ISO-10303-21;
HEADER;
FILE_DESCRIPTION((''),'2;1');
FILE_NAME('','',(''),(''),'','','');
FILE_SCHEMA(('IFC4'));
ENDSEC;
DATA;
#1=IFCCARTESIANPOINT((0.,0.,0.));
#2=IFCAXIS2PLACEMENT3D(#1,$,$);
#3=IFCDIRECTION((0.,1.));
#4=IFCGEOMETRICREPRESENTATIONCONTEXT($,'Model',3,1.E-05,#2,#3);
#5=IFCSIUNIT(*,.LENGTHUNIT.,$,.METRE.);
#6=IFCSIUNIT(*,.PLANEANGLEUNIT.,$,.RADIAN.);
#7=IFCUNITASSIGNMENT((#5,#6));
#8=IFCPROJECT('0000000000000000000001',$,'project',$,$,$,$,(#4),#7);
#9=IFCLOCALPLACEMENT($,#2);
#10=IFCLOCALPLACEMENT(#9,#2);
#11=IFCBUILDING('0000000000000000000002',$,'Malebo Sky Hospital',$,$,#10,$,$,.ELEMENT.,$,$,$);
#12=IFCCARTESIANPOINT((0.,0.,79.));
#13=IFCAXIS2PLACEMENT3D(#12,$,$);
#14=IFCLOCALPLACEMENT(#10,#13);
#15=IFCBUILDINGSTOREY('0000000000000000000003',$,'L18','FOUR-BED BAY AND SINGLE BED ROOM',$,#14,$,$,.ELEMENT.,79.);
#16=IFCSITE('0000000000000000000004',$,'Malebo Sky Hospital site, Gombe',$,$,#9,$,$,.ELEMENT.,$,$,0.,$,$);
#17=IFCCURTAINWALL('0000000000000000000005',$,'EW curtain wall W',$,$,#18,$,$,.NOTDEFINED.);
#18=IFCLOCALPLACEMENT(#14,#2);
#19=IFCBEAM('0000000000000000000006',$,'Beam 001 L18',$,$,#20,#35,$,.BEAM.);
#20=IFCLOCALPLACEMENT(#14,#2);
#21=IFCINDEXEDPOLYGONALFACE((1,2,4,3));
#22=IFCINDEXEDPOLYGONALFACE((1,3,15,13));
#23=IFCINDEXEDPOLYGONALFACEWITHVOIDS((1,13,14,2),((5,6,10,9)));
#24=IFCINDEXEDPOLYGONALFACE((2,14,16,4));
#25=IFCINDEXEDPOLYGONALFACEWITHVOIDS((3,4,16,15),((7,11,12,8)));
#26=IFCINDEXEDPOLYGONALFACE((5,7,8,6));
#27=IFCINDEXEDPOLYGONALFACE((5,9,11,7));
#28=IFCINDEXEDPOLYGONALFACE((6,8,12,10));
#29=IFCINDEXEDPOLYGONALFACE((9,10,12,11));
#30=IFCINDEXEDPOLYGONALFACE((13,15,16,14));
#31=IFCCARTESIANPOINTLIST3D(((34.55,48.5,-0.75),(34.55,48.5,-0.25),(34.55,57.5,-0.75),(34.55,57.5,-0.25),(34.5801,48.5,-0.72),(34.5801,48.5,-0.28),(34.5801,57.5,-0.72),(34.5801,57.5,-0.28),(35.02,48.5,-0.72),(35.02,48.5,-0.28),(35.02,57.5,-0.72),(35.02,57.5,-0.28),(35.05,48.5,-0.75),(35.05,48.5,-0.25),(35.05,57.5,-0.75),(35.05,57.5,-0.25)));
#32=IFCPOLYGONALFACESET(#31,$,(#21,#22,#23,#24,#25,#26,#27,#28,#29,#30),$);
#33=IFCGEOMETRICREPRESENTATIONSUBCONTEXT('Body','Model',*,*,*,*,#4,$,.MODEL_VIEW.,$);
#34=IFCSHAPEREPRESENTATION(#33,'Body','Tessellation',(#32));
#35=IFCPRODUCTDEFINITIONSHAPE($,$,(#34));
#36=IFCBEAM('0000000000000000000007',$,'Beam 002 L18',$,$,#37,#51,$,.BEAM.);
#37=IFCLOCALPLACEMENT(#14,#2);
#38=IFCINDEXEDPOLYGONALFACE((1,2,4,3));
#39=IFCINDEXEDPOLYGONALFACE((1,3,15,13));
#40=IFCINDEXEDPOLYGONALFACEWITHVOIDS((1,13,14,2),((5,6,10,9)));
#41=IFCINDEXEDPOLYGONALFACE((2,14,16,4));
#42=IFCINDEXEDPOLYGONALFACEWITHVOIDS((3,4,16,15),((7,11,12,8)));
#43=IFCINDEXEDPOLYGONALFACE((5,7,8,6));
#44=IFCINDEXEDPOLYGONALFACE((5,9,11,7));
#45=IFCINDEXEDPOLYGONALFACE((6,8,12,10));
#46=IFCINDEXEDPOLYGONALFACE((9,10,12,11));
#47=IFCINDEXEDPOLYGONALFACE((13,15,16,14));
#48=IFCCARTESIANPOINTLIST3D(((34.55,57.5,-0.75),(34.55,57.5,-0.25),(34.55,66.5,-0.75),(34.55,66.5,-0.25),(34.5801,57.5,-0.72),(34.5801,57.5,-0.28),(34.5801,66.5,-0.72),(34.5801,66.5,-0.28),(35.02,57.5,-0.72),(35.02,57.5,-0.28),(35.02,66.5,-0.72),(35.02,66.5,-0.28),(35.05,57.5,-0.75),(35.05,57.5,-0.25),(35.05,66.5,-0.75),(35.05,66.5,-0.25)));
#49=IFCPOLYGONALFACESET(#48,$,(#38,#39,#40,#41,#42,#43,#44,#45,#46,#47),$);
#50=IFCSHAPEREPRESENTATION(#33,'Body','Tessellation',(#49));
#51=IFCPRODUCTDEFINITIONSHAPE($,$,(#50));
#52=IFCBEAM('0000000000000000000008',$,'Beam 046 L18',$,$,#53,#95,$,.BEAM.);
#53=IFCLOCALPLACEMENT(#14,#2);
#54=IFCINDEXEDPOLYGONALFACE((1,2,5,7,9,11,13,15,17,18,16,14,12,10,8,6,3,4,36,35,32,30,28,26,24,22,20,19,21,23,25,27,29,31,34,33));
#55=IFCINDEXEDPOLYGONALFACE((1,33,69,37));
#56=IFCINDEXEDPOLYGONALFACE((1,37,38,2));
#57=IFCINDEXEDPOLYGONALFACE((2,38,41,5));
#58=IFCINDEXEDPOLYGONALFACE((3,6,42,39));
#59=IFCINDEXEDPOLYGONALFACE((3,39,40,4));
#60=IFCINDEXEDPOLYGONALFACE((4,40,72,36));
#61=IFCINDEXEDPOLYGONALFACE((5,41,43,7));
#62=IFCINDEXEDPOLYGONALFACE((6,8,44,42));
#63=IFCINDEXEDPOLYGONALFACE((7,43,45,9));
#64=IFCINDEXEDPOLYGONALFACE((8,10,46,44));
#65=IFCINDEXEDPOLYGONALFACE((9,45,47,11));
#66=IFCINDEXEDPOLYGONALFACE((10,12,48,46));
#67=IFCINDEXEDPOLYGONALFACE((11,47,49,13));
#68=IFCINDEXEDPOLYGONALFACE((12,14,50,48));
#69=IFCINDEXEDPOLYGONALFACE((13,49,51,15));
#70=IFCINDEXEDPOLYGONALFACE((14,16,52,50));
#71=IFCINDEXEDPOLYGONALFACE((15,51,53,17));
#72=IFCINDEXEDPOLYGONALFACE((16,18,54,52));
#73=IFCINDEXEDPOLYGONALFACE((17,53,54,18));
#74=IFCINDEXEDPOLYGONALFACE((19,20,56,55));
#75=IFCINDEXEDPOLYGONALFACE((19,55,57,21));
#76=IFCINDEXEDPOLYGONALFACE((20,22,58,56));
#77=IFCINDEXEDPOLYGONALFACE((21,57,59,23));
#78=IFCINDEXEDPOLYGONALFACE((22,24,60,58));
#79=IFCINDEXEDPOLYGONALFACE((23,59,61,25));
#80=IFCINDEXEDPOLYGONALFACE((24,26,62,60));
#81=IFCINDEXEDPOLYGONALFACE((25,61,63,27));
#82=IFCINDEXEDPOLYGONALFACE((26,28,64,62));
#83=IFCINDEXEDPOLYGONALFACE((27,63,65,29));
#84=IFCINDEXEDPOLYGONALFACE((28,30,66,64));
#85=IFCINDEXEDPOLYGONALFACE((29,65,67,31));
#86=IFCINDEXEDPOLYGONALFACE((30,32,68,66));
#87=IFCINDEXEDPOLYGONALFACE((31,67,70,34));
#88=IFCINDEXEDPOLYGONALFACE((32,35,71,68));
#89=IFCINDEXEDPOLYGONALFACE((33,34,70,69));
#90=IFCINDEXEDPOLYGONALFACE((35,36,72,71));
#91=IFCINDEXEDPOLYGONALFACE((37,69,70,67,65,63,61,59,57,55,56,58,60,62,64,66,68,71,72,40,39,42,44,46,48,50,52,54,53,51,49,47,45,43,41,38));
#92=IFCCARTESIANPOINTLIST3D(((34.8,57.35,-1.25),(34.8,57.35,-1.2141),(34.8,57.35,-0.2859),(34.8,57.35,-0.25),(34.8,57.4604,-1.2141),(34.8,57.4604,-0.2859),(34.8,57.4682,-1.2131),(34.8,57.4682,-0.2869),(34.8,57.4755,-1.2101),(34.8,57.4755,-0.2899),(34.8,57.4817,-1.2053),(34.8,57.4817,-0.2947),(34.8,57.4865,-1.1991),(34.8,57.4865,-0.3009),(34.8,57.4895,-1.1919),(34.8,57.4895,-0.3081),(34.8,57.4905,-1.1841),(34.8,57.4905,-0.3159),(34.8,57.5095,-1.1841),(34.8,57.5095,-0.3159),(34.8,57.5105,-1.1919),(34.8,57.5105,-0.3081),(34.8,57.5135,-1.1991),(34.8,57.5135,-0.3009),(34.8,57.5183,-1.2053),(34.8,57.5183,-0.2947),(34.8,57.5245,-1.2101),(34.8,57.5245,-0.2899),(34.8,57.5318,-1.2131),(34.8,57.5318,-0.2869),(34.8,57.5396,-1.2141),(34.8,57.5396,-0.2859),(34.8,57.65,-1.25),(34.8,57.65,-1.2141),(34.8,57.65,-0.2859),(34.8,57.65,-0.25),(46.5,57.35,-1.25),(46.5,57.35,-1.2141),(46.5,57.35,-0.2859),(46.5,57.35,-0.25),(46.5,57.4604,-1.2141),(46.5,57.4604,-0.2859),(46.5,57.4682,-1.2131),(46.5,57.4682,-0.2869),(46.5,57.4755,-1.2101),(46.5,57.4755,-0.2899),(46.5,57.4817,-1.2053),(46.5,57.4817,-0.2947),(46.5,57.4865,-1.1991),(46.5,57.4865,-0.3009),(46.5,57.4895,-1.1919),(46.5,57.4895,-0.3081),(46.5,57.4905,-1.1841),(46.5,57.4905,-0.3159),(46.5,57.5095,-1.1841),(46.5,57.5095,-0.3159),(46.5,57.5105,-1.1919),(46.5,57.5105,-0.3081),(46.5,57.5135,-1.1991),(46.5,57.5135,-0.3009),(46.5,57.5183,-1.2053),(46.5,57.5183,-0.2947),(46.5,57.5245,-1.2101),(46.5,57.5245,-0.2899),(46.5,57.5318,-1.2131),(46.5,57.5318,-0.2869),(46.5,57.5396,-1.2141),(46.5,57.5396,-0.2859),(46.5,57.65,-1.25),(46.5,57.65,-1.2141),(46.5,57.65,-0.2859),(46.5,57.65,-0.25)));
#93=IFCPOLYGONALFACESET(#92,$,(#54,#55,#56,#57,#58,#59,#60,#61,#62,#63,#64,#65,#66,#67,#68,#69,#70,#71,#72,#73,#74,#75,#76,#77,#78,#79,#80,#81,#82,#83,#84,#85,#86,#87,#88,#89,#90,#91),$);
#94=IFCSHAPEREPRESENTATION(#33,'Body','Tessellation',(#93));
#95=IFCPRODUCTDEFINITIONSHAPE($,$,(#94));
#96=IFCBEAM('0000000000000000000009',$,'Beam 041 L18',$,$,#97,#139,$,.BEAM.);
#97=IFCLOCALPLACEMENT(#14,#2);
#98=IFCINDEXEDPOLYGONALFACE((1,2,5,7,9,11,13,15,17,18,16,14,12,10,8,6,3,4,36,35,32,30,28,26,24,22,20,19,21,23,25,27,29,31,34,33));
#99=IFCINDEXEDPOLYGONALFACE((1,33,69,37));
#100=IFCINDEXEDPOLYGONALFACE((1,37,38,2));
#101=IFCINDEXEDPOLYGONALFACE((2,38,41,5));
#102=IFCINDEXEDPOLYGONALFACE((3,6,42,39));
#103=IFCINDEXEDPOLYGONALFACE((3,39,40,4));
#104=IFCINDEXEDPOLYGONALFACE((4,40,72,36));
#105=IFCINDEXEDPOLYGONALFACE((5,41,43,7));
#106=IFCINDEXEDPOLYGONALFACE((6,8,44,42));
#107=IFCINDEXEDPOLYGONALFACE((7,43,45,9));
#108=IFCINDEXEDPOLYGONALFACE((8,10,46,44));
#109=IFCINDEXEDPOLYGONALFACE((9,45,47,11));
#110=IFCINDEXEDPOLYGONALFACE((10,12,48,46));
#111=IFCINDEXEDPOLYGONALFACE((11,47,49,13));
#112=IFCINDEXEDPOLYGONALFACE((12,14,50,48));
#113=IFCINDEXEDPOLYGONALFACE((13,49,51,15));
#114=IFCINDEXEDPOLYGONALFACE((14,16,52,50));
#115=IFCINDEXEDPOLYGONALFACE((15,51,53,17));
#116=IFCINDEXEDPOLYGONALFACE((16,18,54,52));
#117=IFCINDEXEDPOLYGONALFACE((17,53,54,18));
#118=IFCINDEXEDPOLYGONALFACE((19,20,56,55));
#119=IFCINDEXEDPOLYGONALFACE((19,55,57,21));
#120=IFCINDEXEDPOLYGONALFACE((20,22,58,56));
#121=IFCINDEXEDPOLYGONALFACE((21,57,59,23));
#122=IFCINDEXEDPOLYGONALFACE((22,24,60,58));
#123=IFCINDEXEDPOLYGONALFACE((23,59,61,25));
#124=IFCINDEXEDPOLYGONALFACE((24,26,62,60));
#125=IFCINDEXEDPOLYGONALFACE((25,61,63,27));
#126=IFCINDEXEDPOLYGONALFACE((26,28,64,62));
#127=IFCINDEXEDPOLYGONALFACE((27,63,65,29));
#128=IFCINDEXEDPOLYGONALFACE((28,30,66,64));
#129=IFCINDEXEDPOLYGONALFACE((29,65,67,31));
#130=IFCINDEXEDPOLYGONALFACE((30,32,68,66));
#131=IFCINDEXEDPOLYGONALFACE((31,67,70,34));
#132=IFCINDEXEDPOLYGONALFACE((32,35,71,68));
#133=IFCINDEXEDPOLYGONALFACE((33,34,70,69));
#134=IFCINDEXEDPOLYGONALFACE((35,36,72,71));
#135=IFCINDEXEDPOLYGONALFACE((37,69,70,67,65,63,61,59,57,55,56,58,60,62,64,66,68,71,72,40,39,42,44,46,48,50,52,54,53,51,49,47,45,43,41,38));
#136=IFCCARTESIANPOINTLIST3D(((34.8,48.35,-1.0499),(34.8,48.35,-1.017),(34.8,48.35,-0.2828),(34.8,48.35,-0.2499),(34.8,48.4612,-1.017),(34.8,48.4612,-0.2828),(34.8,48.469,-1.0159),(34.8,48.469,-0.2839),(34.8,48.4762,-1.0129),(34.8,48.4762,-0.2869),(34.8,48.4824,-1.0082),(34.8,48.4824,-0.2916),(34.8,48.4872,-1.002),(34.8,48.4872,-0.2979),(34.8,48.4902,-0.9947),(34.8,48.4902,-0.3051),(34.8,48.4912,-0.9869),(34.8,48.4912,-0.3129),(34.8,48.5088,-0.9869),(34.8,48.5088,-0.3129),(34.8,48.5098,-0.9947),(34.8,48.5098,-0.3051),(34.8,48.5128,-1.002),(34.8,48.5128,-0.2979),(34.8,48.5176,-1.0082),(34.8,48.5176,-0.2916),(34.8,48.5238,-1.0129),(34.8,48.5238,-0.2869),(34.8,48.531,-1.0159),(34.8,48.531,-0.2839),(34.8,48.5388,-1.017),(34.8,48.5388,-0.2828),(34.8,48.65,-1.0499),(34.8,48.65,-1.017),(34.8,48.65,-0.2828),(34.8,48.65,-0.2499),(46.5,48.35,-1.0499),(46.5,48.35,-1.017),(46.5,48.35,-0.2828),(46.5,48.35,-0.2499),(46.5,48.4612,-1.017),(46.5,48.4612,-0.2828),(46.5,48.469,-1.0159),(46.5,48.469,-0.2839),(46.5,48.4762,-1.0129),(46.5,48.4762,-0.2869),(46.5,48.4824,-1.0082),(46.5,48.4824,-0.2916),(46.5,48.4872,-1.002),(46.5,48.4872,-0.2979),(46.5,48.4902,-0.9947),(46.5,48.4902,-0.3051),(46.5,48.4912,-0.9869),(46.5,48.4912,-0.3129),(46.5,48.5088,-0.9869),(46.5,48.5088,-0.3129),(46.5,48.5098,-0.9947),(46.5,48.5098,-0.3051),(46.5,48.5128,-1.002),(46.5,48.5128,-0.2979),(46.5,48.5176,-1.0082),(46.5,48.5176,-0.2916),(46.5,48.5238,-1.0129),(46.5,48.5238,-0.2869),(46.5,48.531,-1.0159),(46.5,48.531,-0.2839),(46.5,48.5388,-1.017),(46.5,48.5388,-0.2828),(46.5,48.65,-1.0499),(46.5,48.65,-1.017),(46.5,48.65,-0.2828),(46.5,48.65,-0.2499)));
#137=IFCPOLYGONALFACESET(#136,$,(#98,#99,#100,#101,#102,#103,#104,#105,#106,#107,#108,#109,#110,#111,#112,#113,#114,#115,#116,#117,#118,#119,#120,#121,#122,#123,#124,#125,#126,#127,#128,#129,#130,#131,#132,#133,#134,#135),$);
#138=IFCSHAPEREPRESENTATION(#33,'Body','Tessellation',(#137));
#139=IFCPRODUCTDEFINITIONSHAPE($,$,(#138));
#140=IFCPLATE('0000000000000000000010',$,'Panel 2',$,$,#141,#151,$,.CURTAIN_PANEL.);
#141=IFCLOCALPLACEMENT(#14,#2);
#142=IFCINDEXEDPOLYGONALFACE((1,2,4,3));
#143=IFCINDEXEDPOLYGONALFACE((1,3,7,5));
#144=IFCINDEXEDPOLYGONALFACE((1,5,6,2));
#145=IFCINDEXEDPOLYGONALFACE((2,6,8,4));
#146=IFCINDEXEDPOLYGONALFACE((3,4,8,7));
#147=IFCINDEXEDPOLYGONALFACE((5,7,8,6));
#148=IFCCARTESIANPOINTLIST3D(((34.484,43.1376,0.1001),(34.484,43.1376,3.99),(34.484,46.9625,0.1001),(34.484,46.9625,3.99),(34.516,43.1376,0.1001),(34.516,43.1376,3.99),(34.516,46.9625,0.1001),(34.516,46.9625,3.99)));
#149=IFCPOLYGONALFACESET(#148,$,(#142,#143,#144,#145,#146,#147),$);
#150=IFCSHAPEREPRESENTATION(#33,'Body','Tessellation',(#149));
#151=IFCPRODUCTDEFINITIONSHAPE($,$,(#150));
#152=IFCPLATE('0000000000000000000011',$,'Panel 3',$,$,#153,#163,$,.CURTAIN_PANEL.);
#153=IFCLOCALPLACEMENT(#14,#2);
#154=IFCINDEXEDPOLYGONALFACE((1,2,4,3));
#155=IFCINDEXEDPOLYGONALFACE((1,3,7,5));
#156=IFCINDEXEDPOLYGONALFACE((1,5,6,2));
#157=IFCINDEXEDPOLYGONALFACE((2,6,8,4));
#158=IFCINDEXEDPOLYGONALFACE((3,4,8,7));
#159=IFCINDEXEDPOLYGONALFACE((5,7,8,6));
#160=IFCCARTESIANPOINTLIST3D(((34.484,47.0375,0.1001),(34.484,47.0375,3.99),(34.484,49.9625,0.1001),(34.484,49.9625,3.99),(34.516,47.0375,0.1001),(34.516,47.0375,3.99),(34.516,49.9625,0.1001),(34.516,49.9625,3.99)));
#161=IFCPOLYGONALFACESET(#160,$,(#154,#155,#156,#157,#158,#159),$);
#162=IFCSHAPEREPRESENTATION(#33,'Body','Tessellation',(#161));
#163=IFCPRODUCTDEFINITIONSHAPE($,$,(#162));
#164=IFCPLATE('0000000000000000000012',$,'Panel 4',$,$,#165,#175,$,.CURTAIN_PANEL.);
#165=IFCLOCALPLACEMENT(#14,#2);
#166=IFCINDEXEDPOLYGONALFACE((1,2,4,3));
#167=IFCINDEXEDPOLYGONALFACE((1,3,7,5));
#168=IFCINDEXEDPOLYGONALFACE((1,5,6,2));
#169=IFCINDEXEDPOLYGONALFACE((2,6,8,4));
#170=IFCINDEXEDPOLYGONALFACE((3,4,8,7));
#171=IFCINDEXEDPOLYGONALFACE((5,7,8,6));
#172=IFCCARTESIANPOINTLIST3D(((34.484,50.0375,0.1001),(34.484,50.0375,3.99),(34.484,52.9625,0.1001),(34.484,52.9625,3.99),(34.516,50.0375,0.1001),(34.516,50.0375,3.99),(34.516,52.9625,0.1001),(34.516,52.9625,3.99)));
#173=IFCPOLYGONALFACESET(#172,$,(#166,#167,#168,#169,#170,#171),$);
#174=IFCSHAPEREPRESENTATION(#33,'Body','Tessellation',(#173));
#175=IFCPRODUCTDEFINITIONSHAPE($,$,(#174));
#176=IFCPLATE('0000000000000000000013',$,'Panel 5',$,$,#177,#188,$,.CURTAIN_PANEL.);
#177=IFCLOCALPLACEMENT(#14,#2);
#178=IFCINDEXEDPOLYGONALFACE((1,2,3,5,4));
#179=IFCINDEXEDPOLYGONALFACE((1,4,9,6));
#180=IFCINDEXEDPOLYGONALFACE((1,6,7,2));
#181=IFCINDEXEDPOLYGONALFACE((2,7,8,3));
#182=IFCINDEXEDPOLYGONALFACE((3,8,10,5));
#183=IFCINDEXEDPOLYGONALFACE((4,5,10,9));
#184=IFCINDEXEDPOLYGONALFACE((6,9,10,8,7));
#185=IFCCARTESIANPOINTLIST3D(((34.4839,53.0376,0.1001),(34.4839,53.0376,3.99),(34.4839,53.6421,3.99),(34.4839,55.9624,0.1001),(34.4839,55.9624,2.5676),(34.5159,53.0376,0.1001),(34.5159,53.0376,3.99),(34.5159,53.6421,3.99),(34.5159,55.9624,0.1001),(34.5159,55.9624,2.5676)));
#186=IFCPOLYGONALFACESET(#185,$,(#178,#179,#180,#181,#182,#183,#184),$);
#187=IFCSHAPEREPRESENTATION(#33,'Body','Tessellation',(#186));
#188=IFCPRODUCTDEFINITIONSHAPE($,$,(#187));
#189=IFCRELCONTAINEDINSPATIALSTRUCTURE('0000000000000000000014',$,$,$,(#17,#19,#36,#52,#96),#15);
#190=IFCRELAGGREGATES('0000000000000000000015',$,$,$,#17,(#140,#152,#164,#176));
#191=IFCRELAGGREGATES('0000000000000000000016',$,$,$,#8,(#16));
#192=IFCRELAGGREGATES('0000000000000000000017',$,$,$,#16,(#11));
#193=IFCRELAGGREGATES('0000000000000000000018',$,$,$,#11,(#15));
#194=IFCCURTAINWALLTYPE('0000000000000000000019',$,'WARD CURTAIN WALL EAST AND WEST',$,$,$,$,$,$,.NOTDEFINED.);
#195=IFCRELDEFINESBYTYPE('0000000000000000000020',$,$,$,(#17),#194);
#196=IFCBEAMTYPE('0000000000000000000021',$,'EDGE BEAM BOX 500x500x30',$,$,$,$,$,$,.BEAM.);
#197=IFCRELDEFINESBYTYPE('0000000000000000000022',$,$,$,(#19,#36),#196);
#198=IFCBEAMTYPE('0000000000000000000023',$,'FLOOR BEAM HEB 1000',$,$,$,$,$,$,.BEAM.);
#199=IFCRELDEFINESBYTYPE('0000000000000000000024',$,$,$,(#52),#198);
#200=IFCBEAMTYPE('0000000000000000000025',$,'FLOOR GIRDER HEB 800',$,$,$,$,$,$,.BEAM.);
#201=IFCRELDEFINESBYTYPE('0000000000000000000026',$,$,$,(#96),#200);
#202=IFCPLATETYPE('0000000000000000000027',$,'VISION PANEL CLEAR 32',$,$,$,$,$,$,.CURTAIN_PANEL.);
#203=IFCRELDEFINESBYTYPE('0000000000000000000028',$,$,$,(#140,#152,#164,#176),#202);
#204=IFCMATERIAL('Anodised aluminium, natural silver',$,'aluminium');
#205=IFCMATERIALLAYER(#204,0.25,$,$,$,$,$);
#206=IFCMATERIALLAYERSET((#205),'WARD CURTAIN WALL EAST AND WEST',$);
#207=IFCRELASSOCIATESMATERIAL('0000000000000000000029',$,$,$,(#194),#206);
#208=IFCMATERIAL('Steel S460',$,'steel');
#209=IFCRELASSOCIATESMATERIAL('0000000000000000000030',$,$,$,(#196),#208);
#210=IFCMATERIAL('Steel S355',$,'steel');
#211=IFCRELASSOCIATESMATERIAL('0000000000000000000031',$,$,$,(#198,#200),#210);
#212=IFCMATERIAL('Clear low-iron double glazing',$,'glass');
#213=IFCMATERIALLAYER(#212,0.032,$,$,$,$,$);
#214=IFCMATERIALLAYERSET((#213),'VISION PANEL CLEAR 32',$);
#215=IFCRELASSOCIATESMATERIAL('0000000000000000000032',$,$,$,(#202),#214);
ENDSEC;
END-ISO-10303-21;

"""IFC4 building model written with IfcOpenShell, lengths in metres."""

from ifc_helpers import new_model, si_unit, direction, frame, origin, origin_2d, place, context, subcontext, project, spatial, polyline, rectangle, hollow_rectangle, i_section, outline, extrude, material, layer, layer_set, material_profile, profile_set, type_object, element, aggregate, save


model = new_model("IFC4")

# Units and contexts
model_context = context("Model", 3, precision=1e-05, world=origin(), true_north=direction((0.0, 1.0)))
body_context = subcontext(model_context, "Body", "Model", "MODEL_VIEW")
ifc_project = project(units=[si_unit("LENGTHUNIT", "METRE"), si_unit("PLANEANGLEUNIT", "RADIAN")], contexts=[model_context])

# Site, building, storey
site_placement = place(None, origin())
site = spatial("IfcSite", under=ifc_project, at=site_placement, Name="Malebo Sky Hospital site, Gombe", CompositionType="ELEMENT", RefElevation=0.0)
building_placement = place(site_placement, origin())
building = spatial("IfcBuilding", under=site, at=building_placement, Name="Malebo Sky Hospital", CompositionType="ELEMENT")
storey_placement = place(building_placement, frame((0.0, 0.0, 79.0)))
storey = spatial("IfcBuildingStorey", under=building, at=storey_placement, Name="L18", Description="FOUR-BED BAY AND SINGLE BED ROOM", CompositionType="ELEMENT", Elevation=79.0)

# Shared definitions
ifc_material_1 = material(Name="Steel S460", Category="steel")

# Curtain wall
ifc_material_2 = material(Name="Anodised aluminium, natural silver", Category="aluminium")
ifc_layer_1 = layer(ifc_material_2, 0.25)
ifc_layer_set_1 = layer_set([ifc_layer_1], Name="WARD CURTAIN WALL EAST AND WEST")
curtain_wall_type = type_object("IfcCurtainWallType", Name="WARD CURTAIN WALL EAST AND WEST", PredefinedType="NOTDEFINED", material=ifc_layer_set_1)
curtain_wall_placement = place(storey_placement, origin())
curtain_wall = element("IfcCurtainWall", 1, at=curtain_wall_placement, inside=storey, type_object=curtain_wall_type, Name="EW curtain wall W", PredefinedType="NOTDEFINED")

# Beams
ifc_material_profile_1 = material_profile(ifc_material_1, hollow_rectangle(XDim=0.5, YDim=0.5, WallThickness=0.03, at=origin_2d()), Name="BOX 500x500x30")
ifc_profile_set_1 = profile_set([ifc_material_profile_1], Name="Steel S460")
beam_type_1 = type_object("IfcBeamType", Name="EDGE BEAM BOX 500x500x30", PredefinedType="BEAM", material=ifc_profile_set_1)
for number, where, z_axis, x_axis, name in (
    (2, (34.8, 48.5, -0.5), (0.0, 1.0, 0.0), (-1.0, 0.0, 0.0), "Beam 001 L18"),
    (3, (34.8, 57.5, -0.5), (0.0, 1.0, 0.0), (-1.0, 0.0, 0.0), "Beam 002 L18"),
):
    element("IfcBeam", number, at=place(storey_placement, frame(where, z_axis=z_axis, x_axis=x_axis)), inside=storey, type_object=beam_type_1, Name=name, PredefinedType="BEAM", context=body_context, shape_type="SweptSolid", body=[
        extrude(hollow_rectangle(XDim=0.5, YDim=0.5, WallThickness=0.03, at=origin_2d()), origin(), (0.0, 0.0, 1.0), 9.0),
    ])
ifc_material_3 = material(Name="Steel S355", Category="steel")
ifc_material_profile_2 = material_profile(ifc_material_3, i_section(OverallWidth=0.3, OverallDepth=1.0, WebThickness=0.019, FlangeThickness=0.0359, FilletRadius=0.03, at=origin_2d()), Name="HEB 1000")
ifc_profile_set_2 = profile_set([ifc_material_profile_2], Name="Steel S355")
beam_type_2 = type_object("IfcBeamType", Name="FLOOR BEAM HEB 1000", PredefinedType="BEAM", material=ifc_profile_set_2)
beam_1_placement = place(storey_placement, frame((34.8, 57.5, -0.75), z_axis=(1.0, 0.0, 0.0), x_axis=(0.0, 1.0, 0.0)))
element("IfcBeam", 4, at=beam_1_placement, inside=storey, type_object=beam_type_2, Name="Beam 046 L18", PredefinedType="BEAM", context=body_context, shape_type="SweptSolid", body=[
    extrude(i_section(OverallWidth=0.3, OverallDepth=1.0, WebThickness=0.019, FlangeThickness=0.0359, FilletRadius=0.03, at=origin_2d()), origin(), (0.0, 0.0, 1.0), 11.7),
])
ifc_material_profile_3 = material_profile(ifc_material_3, i_section(OverallWidth=0.3, OverallDepth=0.8, WebThickness=0.0176, FlangeThickness=0.033, FilletRadius=0.03, at=origin_2d()), Name="HEB 800")
ifc_profile_set_3 = profile_set([ifc_material_profile_3], Name="Steel S355")
beam_type_3 = type_object("IfcBeamType", Name="FLOOR GIRDER HEB 800", PredefinedType="BEAM", material=ifc_profile_set_3)
beam_2_placement = place(storey_placement, frame((34.8, 48.5, -0.6499), z_axis=(1.0, 0.0, 0.0), x_axis=(0.0, 1.0, 0.0)))
element("IfcBeam", 5, at=beam_2_placement, inside=storey, type_object=beam_type_3, Name="Beam 041 L18", PredefinedType="BEAM", context=body_context, shape_type="SweptSolid", body=[
    extrude(i_section(OverallWidth=0.3, OverallDepth=0.8, WebThickness=0.0176, FlangeThickness=0.033, FilletRadius=0.03, at=origin_2d()), origin(), (0.0, 0.0, 1.0), 11.7),
])

# Plates
ifc_material_4 = material(Name="Clear low-iron double glazing", Category="glass")
ifc_layer_2 = layer(ifc_material_4, 0.032)
ifc_layer_set_2 = layer_set([ifc_layer_2], Name="VISION PANEL CLEAR 32")
plate_type = type_object("IfcPlateType", Name="VISION PANEL CLEAR 32", PredefinedType="CURTAIN_PANEL", material=ifc_layer_set_2)
plate_1_placement = place(storey_placement, frame((34.5, 45.05, 0.1001), z_axis=(0.0, 0.0, 1.0), x_axis=(0.0, 1.0, 0.0)))
plate_1 = element("IfcPlate", 6, at=plate_1_placement, type_object=plate_type, Name="Panel 2", PredefinedType="CURTAIN_PANEL", context=body_context, shape_type="SweptSolid", body=[
    extrude(rectangle(XDim=3.825, YDim=0.032, at=origin_2d()), origin(), (0.0, 0.0, 1.0), 3.8899),
])
plate_2_placement = place(storey_placement, frame((34.5, 48.5, 0.1001), z_axis=(0.0, 0.0, 1.0), x_axis=(0.0, 1.0, 0.0)))
plate_2 = element("IfcPlate", 7, at=plate_2_placement, type_object=plate_type, Name="Panel 3", PredefinedType="CURTAIN_PANEL", context=body_context, shape_type="SweptSolid", body=[
    extrude(rectangle(XDim=2.925, YDim=0.032, at=origin_2d()), origin(), (0.0, 0.0, 1.0), 3.8899),
])
plate_3_placement = place(storey_placement, frame((34.5, 51.5, 0.1001), z_axis=(0.0, 0.0, 1.0), x_axis=(0.0, 1.0, 0.0)))
plate_3 = element("IfcPlate", 8, at=plate_3_placement, type_object=plate_type, Name="Panel 4", PredefinedType="CURTAIN_PANEL", context=body_context, shape_type="SweptSolid", body=[
    extrude(rectangle(XDim=2.925, YDim=0.032, at=origin_2d()), origin(), (0.0, 0.0, 1.0), 3.8899),
])
plate_4_placement = place(storey_placement, frame((34.5, 54.5, 0.1001), z_axis=(0.0, 0.0, 1.0), x_axis=(0.0, 1.0, 0.0)))
plate_4 = element("IfcPlate", 9, at=plate_4_placement, type_object=plate_type, Name="Panel 5", PredefinedType="CURTAIN_PANEL", context=body_context, shape_type="SweptSolid", body=[
    extrude(outline(polyline([(-1.4624, 0.0), (1.4624, 0.0), (1.4624, 2.4675), (-0.8579, 3.8899), (-1.4624, 3.8899), (-1.4624, 0.0)])), frame((0.0, 0.0161, 0.0), z_axis=(0.0, -1.0, 0.0), x_axis=(1.0, 0.0, 0.0)), (0.0, 0.0, 1.0), 0.032),
])
aggregate(curtain_wall, [plate_1, plate_2, plate_3, plate_4])

save(model, "model.ifc")
